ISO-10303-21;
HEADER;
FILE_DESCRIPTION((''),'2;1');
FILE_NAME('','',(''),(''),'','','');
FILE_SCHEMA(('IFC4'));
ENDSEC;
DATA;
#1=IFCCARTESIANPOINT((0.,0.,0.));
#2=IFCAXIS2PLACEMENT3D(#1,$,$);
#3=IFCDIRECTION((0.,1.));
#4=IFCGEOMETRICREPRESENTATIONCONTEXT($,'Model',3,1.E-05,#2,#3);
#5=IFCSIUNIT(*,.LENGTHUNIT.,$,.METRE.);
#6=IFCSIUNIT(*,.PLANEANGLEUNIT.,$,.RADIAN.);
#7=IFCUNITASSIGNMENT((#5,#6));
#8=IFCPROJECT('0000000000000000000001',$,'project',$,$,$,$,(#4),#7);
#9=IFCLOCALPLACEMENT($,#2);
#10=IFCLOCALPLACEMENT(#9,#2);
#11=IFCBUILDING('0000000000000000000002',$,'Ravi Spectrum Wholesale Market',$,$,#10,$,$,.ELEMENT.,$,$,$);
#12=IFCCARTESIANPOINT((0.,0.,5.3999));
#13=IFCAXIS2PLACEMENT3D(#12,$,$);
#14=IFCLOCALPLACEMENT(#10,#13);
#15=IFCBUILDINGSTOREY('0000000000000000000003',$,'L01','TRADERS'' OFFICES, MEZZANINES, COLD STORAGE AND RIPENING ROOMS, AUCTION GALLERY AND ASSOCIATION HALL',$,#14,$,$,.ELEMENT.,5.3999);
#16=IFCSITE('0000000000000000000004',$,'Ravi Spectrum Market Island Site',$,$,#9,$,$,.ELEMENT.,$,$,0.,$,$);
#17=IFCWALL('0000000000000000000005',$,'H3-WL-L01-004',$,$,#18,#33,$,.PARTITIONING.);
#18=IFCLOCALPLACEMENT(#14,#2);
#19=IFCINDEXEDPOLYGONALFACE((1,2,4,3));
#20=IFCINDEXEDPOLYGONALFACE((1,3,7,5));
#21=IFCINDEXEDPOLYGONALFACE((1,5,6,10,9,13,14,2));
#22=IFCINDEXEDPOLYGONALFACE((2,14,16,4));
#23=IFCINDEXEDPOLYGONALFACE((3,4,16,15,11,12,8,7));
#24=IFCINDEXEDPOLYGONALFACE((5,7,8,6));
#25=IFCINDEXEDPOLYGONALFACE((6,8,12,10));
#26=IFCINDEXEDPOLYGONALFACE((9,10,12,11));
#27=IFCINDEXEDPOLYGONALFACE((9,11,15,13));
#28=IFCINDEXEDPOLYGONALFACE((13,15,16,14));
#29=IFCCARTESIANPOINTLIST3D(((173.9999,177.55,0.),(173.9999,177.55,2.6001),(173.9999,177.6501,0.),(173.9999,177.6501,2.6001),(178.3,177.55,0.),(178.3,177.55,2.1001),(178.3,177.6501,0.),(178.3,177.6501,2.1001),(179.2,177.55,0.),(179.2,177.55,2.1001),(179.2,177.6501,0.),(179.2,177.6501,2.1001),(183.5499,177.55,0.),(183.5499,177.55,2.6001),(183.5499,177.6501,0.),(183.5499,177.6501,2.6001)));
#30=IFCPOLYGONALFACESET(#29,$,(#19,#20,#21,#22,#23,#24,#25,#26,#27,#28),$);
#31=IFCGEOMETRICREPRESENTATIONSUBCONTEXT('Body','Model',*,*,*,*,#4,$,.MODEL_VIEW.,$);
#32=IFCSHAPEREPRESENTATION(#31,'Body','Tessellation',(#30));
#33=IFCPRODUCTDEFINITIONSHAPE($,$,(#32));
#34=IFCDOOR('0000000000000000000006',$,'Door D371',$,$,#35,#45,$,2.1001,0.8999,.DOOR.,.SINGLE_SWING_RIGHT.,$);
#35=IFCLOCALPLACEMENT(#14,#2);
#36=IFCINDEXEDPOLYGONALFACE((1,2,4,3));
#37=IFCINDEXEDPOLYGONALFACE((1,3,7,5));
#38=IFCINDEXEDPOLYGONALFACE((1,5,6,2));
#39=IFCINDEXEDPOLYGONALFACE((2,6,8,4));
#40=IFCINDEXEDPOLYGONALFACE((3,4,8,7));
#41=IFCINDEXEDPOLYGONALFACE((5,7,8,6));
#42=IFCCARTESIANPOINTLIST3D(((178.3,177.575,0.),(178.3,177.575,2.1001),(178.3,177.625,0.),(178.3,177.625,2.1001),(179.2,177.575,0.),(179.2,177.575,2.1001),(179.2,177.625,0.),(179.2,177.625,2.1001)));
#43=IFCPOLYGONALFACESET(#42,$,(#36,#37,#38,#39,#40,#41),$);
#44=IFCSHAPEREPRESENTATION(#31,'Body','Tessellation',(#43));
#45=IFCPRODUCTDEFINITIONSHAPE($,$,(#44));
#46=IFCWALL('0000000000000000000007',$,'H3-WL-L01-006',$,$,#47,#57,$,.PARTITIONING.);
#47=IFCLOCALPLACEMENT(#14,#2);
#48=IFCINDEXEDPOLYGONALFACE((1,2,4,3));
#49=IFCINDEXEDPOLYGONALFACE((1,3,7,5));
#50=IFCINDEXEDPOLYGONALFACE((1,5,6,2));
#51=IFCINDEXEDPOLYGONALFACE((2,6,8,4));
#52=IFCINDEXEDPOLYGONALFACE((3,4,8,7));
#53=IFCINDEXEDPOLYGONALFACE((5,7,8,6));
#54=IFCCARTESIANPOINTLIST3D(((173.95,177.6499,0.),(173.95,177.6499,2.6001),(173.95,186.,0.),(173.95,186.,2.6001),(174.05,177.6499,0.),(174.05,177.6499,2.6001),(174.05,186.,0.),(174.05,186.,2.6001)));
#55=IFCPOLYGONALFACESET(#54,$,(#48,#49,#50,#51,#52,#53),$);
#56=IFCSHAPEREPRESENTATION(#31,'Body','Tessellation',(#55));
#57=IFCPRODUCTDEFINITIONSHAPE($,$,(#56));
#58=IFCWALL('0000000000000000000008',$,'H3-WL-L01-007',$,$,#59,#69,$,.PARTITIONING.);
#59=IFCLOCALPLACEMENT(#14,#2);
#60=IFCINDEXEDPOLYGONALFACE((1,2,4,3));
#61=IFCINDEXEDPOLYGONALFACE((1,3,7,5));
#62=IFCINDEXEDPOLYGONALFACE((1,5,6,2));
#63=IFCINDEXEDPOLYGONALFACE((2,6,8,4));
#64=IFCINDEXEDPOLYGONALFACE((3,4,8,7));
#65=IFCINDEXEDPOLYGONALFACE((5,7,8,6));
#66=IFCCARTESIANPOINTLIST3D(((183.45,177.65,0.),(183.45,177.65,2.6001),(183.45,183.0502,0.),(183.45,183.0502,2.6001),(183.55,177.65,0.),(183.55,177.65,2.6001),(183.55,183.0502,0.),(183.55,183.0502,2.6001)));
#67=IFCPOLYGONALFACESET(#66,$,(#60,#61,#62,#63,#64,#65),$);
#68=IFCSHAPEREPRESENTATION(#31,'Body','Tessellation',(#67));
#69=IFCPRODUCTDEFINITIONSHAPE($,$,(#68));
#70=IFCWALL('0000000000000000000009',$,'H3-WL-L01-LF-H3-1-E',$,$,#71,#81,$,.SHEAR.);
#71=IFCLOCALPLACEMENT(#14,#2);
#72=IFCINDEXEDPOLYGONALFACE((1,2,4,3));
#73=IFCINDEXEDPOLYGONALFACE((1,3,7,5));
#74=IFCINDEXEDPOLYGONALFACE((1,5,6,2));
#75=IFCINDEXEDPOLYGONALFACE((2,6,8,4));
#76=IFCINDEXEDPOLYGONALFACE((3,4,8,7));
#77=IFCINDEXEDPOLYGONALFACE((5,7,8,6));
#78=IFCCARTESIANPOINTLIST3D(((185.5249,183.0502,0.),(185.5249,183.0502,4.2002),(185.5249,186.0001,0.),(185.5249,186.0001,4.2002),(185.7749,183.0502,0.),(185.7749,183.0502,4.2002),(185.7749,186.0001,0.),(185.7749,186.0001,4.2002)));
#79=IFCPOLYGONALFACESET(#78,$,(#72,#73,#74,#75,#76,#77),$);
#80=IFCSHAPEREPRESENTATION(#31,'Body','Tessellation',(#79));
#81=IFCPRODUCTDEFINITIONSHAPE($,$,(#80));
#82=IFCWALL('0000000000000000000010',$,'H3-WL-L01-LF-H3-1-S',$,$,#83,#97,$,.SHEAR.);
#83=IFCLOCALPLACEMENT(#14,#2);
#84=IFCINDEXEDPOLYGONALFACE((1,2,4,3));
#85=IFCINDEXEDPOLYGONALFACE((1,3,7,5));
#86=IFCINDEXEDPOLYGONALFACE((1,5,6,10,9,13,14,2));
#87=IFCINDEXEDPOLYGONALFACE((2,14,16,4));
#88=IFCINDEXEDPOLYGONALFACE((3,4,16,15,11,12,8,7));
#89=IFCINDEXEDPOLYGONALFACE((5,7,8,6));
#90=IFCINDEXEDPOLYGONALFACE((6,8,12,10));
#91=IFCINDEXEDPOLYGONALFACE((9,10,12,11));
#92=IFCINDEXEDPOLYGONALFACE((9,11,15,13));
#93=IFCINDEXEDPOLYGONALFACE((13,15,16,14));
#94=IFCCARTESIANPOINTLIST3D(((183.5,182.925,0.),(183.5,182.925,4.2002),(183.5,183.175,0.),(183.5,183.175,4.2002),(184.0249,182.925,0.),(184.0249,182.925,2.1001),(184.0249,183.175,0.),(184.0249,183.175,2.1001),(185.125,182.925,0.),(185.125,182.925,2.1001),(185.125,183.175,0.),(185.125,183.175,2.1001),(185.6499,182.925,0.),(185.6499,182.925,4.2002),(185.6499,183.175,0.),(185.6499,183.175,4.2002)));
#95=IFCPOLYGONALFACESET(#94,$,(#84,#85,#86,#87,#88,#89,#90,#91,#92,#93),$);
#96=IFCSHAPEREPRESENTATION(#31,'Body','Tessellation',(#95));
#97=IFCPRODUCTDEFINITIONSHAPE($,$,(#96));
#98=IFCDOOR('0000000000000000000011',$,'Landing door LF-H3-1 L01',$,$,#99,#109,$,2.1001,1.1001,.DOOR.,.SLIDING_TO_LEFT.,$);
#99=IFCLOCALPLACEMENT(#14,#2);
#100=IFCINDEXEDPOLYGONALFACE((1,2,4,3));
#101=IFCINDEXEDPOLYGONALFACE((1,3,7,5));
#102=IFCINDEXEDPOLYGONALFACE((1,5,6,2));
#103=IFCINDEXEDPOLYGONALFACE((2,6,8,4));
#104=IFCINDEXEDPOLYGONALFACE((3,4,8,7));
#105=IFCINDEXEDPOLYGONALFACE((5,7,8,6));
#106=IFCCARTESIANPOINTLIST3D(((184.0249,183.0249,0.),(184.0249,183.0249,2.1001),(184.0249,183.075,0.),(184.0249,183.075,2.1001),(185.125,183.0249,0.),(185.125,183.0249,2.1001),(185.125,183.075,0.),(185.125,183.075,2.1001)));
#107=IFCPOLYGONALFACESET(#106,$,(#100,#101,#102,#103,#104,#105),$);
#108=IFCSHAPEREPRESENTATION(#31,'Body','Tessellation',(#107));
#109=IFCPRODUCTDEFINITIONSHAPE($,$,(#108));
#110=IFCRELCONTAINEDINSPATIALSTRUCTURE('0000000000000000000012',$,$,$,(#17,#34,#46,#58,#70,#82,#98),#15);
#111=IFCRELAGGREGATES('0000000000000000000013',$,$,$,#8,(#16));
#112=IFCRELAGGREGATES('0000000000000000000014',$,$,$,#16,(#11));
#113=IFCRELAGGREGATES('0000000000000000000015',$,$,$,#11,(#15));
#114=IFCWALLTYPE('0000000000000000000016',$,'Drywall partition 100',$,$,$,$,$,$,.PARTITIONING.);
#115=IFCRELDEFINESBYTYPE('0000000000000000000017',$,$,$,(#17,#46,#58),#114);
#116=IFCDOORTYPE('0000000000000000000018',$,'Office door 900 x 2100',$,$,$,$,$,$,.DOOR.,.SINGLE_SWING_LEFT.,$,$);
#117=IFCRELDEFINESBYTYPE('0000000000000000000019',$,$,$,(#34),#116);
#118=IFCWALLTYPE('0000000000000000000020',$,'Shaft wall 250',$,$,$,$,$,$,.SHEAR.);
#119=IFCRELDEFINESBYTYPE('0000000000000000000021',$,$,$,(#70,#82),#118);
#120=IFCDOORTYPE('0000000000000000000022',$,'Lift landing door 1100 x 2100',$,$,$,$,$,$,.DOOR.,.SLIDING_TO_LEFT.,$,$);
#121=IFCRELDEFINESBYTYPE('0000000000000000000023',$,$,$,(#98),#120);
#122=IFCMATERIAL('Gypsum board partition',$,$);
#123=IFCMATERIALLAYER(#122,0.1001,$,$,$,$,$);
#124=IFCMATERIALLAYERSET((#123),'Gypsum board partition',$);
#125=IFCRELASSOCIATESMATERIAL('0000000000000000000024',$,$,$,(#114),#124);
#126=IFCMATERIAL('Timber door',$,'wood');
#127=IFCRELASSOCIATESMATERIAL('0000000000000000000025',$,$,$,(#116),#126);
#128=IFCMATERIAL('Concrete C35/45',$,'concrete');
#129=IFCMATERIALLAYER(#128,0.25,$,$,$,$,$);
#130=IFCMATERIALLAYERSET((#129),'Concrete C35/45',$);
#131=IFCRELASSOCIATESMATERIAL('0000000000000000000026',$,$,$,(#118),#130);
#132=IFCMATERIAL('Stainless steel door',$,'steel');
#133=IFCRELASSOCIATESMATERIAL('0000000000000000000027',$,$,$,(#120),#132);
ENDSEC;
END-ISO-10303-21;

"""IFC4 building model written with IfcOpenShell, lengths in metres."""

from ifc_helpers import new_model, si_unit, direction, frame, frame_2d, origin, place, context, subcontext, project, spatial, rectangle, extrude, material, layer, layer_set, type_object, element, fill, save


model = new_model("IFC4")

# Units and contexts
model_context = context("Model", 3, precision=1e-05, world=origin(), true_north=direction((0.0, 1.0)))
body_context = subcontext(model_context, "Body", "Model", "MODEL_VIEW")
ifc_project = project(units=[si_unit("LENGTHUNIT", "METRE"), si_unit("PLANEANGLEUNIT", "RADIAN")], contexts=[model_context])

# Site, building, storey
site_placement = place(None, origin())
site = spatial("IfcSite", under=ifc_project, at=site_placement, Name="Ravi Spectrum Market Island Site", CompositionType="ELEMENT", RefElevation=0.0)
building_placement = place(site_placement, origin())
building = spatial("IfcBuilding", under=site, at=building_placement, Name="Ravi Spectrum Wholesale Market", CompositionType="ELEMENT")
storey_placement = place(building_placement, frame((0.0, 0.0, 5.3999)))
storey = spatial("IfcBuildingStorey", under=building, at=storey_placement, Name="L01", Description="TRADERS' OFFICES, MEZZANINES, COLD STORAGE AND RIPENING ROOMS, AUCTION GALLERY AND ASSOCIATION HALL", CompositionType="ELEMENT", Elevation=5.3999)

# Wall, opening, door
ifc_material_1 = material(Name="Gypsum board partition")
ifc_layer_1 = layer(ifc_material_1, 0.1001)
ifc_layer_set_1 = layer_set([ifc_layer_1], Name="Gypsum board partition")
wall_type_1 = type_object("IfcWallType", Name="Drywall partition 100", PredefinedType="PARTITIONING", material=ifc_layer_set_1)
wall_1_placement = place(storey_placement, frame((174.0, 177.6001, 0.0), z_axis=(0.0, 0.0, 1.0), x_axis=(1.0, 0.0, 0.0)))
wall_1 = element("IfcWall", 1, at=wall_1_placement, inside=storey, type_object=wall_type_1, Name="H3-WL-L01-004", PredefinedType="PARTITIONING", context=body_context, shape_type="SweptSolid", body=[
    extrude(rectangle(XDim=9.55, YDim=0.1001, at=frame_2d((4.7749, 0.0))), origin(), (0.0, 0.0, 1.0), 2.6001),
])
opening_1_placement = place(wall_1_placement, frame((4.3, 0.0, 0.0)))
opening_1 = element("IfcOpeningElement", 2, at=opening_1_placement, cuts=wall_1, PredefinedType="OPENING", context=body_context, shape_type="SweptSolid", body=[
    extrude(rectangle(XDim=0.8999, YDim=2.1001, at=frame_2d((0.45, 1.05))), frame((0.0, 0.0601, 0.0), z_axis=(0.0, -1.0, 0.0), x_axis=(1.0, 0.0, 0.0)), (0.0, 0.0, 1.0), 0.1201),
])
ifc_material_2 = material(Name="Timber door", Category="wood")
door_type_1 = type_object("IfcDoorType", Name="Office door 900 x 2100", OperationType="SINGLE_SWING_LEFT", PredefinedType="DOOR", material=ifc_material_2)
door_1_placement = place(opening_1_placement, origin())
door_1 = element("IfcDoor", 3, at=door_1_placement, inside=storey, type_object=door_type_1, Name="Door D371", OperationType="SINGLE_SWING_RIGHT", OverallHeight=2.1001, OverallWidth=0.8999, PredefinedType="DOOR", context=body_context, shape_type="SweptSolid", body=[
    extrude(rectangle(XDim=0.8999, YDim=2.1001, at=frame_2d((0.45, 1.05))), frame((0.0, 0.0249, 0.0), z_axis=(0.0, -1.0, 0.0), x_axis=(1.0, 0.0, 0.0)), (0.0, 0.0, 1.0), 0.05),
])
fill(opening_1, door_1)

# Walls
wall_2_placement = place(storey_placement, frame((174.0, 177.6499, 0.0), z_axis=(0.0, 0.0, 1.0), x_axis=(0.0, 1.0, 0.0)))
element("IfcWall", 4, at=wall_2_placement, inside=storey, type_object=wall_type_1, Name="H3-WL-L01-006", PredefinedType="PARTITIONING", context=body_context, shape_type="SweptSolid", body=[
    extrude(rectangle(XDim=8.3501, YDim=0.1001, at=frame_2d((4.175, 0.0))), origin(), (0.0, 0.0, 1.0), 2.6001),
])
wall_3_placement = place(storey_placement, frame((183.5, 177.6499, 0.0), z_axis=(0.0, 0.0, 1.0), x_axis=(0.0, 1.0, 0.0)))
element("IfcWall", 5, at=wall_3_placement, inside=storey, type_object=wall_type_1, Name="H3-WL-L01-007", PredefinedType="PARTITIONING", context=body_context, shape_type="SweptSolid", body=[
    extrude(rectangle(XDim=5.4001, YDim=0.1001, at=frame_2d((2.7002, 0.0))), origin(), (0.0, 0.0, 1.0), 2.6001),
])
ifc_material_3 = material(Name="Concrete C35/45", Category="concrete")
ifc_layer_2 = layer(ifc_material_3, 0.25)
ifc_layer_set_2 = layer_set([ifc_layer_2], Name="Concrete C35/45")
wall_type_2 = type_object("IfcWallType", Name="Shaft wall 250", PredefinedType="SHEAR", material=ifc_layer_set_2)
wall_4_placement = place(storey_placement, frame((185.6499, 183.05, 0.0), z_axis=(0.0, 0.0, 1.0), x_axis=(0.0, 1.0, 0.0)))
element("IfcWall", 6, at=wall_4_placement, inside=storey, type_object=wall_type_2, Name="H3-WL-L01-LF-H3-1-E", PredefinedType="SHEAR", context=body_context, shape_type="SweptSolid", body=[
    extrude(rectangle(XDim=2.95, YDim=0.25, at=frame_2d((1.4751, 0.0))), origin(), (0.0, 0.0, 1.0), 4.2002),
])

# Wall, opening, door
wall_5_placement = place(storey_placement, frame((183.5, 183.05, 0.0), z_axis=(0.0, 0.0, 1.0), x_axis=(1.0, 0.0, 0.0)))
wall_5 = element("IfcWall", 7, at=wall_5_placement, inside=storey, type_object=wall_type_2, Name="H3-WL-L01-LF-H3-1-S", PredefinedType="SHEAR", context=body_context, shape_type="SweptSolid", body=[
    extrude(rectangle(XDim=2.1499, YDim=0.25, at=frame_2d((1.075, 0.0))), origin(), (0.0, 0.0, 1.0), 4.2002),
])
opening_2_placement = place(wall_5_placement, frame((0.5249, 0.0, 0.0)))
opening_2 = element("IfcOpeningElement", 8, at=opening_2_placement, cuts=wall_5, PredefinedType="OPENING", context=body_context, shape_type="SweptSolid", body=[
    extrude(rectangle(XDim=1.1001, YDim=2.1001, at=frame_2d((0.55, 1.05))), frame((0.0, 0.135, 0.0), z_axis=(0.0, -1.0, 0.0), x_axis=(1.0, 0.0, 0.0)), (0.0, 0.0, 1.0), 0.27),
])
ifc_material_4 = material(Name="Stainless steel door", Category="steel")
door_type_2 = type_object("IfcDoorType", Name="Lift landing door 1100 x 2100", OperationType="SLIDING_TO_LEFT", PredefinedType="DOOR", material=ifc_material_4)
door_2_placement = place(opening_2_placement, origin())
door_2 = element("IfcDoor", 9, at=door_2_placement, inside=storey, type_object=door_type_2, Name="Landing door LF-H3-1 L01", OperationType="SLIDING_TO_LEFT", OverallHeight=2.1001, OverallWidth=1.1001, PredefinedType="DOOR", context=body_context, shape_type="SweptSolid", body=[
    extrude(rectangle(XDim=1.1001, YDim=2.1001, at=frame_2d((0.55, 1.05))), frame((0.0, 0.0249, 0.0), z_axis=(0.0, -1.0, 0.0), x_axis=(1.0, 0.0, 0.0)), (0.0, 0.0, 1.0), 0.05),
])
fill(opening_2, door_2)

save(model, "model.ifc")
